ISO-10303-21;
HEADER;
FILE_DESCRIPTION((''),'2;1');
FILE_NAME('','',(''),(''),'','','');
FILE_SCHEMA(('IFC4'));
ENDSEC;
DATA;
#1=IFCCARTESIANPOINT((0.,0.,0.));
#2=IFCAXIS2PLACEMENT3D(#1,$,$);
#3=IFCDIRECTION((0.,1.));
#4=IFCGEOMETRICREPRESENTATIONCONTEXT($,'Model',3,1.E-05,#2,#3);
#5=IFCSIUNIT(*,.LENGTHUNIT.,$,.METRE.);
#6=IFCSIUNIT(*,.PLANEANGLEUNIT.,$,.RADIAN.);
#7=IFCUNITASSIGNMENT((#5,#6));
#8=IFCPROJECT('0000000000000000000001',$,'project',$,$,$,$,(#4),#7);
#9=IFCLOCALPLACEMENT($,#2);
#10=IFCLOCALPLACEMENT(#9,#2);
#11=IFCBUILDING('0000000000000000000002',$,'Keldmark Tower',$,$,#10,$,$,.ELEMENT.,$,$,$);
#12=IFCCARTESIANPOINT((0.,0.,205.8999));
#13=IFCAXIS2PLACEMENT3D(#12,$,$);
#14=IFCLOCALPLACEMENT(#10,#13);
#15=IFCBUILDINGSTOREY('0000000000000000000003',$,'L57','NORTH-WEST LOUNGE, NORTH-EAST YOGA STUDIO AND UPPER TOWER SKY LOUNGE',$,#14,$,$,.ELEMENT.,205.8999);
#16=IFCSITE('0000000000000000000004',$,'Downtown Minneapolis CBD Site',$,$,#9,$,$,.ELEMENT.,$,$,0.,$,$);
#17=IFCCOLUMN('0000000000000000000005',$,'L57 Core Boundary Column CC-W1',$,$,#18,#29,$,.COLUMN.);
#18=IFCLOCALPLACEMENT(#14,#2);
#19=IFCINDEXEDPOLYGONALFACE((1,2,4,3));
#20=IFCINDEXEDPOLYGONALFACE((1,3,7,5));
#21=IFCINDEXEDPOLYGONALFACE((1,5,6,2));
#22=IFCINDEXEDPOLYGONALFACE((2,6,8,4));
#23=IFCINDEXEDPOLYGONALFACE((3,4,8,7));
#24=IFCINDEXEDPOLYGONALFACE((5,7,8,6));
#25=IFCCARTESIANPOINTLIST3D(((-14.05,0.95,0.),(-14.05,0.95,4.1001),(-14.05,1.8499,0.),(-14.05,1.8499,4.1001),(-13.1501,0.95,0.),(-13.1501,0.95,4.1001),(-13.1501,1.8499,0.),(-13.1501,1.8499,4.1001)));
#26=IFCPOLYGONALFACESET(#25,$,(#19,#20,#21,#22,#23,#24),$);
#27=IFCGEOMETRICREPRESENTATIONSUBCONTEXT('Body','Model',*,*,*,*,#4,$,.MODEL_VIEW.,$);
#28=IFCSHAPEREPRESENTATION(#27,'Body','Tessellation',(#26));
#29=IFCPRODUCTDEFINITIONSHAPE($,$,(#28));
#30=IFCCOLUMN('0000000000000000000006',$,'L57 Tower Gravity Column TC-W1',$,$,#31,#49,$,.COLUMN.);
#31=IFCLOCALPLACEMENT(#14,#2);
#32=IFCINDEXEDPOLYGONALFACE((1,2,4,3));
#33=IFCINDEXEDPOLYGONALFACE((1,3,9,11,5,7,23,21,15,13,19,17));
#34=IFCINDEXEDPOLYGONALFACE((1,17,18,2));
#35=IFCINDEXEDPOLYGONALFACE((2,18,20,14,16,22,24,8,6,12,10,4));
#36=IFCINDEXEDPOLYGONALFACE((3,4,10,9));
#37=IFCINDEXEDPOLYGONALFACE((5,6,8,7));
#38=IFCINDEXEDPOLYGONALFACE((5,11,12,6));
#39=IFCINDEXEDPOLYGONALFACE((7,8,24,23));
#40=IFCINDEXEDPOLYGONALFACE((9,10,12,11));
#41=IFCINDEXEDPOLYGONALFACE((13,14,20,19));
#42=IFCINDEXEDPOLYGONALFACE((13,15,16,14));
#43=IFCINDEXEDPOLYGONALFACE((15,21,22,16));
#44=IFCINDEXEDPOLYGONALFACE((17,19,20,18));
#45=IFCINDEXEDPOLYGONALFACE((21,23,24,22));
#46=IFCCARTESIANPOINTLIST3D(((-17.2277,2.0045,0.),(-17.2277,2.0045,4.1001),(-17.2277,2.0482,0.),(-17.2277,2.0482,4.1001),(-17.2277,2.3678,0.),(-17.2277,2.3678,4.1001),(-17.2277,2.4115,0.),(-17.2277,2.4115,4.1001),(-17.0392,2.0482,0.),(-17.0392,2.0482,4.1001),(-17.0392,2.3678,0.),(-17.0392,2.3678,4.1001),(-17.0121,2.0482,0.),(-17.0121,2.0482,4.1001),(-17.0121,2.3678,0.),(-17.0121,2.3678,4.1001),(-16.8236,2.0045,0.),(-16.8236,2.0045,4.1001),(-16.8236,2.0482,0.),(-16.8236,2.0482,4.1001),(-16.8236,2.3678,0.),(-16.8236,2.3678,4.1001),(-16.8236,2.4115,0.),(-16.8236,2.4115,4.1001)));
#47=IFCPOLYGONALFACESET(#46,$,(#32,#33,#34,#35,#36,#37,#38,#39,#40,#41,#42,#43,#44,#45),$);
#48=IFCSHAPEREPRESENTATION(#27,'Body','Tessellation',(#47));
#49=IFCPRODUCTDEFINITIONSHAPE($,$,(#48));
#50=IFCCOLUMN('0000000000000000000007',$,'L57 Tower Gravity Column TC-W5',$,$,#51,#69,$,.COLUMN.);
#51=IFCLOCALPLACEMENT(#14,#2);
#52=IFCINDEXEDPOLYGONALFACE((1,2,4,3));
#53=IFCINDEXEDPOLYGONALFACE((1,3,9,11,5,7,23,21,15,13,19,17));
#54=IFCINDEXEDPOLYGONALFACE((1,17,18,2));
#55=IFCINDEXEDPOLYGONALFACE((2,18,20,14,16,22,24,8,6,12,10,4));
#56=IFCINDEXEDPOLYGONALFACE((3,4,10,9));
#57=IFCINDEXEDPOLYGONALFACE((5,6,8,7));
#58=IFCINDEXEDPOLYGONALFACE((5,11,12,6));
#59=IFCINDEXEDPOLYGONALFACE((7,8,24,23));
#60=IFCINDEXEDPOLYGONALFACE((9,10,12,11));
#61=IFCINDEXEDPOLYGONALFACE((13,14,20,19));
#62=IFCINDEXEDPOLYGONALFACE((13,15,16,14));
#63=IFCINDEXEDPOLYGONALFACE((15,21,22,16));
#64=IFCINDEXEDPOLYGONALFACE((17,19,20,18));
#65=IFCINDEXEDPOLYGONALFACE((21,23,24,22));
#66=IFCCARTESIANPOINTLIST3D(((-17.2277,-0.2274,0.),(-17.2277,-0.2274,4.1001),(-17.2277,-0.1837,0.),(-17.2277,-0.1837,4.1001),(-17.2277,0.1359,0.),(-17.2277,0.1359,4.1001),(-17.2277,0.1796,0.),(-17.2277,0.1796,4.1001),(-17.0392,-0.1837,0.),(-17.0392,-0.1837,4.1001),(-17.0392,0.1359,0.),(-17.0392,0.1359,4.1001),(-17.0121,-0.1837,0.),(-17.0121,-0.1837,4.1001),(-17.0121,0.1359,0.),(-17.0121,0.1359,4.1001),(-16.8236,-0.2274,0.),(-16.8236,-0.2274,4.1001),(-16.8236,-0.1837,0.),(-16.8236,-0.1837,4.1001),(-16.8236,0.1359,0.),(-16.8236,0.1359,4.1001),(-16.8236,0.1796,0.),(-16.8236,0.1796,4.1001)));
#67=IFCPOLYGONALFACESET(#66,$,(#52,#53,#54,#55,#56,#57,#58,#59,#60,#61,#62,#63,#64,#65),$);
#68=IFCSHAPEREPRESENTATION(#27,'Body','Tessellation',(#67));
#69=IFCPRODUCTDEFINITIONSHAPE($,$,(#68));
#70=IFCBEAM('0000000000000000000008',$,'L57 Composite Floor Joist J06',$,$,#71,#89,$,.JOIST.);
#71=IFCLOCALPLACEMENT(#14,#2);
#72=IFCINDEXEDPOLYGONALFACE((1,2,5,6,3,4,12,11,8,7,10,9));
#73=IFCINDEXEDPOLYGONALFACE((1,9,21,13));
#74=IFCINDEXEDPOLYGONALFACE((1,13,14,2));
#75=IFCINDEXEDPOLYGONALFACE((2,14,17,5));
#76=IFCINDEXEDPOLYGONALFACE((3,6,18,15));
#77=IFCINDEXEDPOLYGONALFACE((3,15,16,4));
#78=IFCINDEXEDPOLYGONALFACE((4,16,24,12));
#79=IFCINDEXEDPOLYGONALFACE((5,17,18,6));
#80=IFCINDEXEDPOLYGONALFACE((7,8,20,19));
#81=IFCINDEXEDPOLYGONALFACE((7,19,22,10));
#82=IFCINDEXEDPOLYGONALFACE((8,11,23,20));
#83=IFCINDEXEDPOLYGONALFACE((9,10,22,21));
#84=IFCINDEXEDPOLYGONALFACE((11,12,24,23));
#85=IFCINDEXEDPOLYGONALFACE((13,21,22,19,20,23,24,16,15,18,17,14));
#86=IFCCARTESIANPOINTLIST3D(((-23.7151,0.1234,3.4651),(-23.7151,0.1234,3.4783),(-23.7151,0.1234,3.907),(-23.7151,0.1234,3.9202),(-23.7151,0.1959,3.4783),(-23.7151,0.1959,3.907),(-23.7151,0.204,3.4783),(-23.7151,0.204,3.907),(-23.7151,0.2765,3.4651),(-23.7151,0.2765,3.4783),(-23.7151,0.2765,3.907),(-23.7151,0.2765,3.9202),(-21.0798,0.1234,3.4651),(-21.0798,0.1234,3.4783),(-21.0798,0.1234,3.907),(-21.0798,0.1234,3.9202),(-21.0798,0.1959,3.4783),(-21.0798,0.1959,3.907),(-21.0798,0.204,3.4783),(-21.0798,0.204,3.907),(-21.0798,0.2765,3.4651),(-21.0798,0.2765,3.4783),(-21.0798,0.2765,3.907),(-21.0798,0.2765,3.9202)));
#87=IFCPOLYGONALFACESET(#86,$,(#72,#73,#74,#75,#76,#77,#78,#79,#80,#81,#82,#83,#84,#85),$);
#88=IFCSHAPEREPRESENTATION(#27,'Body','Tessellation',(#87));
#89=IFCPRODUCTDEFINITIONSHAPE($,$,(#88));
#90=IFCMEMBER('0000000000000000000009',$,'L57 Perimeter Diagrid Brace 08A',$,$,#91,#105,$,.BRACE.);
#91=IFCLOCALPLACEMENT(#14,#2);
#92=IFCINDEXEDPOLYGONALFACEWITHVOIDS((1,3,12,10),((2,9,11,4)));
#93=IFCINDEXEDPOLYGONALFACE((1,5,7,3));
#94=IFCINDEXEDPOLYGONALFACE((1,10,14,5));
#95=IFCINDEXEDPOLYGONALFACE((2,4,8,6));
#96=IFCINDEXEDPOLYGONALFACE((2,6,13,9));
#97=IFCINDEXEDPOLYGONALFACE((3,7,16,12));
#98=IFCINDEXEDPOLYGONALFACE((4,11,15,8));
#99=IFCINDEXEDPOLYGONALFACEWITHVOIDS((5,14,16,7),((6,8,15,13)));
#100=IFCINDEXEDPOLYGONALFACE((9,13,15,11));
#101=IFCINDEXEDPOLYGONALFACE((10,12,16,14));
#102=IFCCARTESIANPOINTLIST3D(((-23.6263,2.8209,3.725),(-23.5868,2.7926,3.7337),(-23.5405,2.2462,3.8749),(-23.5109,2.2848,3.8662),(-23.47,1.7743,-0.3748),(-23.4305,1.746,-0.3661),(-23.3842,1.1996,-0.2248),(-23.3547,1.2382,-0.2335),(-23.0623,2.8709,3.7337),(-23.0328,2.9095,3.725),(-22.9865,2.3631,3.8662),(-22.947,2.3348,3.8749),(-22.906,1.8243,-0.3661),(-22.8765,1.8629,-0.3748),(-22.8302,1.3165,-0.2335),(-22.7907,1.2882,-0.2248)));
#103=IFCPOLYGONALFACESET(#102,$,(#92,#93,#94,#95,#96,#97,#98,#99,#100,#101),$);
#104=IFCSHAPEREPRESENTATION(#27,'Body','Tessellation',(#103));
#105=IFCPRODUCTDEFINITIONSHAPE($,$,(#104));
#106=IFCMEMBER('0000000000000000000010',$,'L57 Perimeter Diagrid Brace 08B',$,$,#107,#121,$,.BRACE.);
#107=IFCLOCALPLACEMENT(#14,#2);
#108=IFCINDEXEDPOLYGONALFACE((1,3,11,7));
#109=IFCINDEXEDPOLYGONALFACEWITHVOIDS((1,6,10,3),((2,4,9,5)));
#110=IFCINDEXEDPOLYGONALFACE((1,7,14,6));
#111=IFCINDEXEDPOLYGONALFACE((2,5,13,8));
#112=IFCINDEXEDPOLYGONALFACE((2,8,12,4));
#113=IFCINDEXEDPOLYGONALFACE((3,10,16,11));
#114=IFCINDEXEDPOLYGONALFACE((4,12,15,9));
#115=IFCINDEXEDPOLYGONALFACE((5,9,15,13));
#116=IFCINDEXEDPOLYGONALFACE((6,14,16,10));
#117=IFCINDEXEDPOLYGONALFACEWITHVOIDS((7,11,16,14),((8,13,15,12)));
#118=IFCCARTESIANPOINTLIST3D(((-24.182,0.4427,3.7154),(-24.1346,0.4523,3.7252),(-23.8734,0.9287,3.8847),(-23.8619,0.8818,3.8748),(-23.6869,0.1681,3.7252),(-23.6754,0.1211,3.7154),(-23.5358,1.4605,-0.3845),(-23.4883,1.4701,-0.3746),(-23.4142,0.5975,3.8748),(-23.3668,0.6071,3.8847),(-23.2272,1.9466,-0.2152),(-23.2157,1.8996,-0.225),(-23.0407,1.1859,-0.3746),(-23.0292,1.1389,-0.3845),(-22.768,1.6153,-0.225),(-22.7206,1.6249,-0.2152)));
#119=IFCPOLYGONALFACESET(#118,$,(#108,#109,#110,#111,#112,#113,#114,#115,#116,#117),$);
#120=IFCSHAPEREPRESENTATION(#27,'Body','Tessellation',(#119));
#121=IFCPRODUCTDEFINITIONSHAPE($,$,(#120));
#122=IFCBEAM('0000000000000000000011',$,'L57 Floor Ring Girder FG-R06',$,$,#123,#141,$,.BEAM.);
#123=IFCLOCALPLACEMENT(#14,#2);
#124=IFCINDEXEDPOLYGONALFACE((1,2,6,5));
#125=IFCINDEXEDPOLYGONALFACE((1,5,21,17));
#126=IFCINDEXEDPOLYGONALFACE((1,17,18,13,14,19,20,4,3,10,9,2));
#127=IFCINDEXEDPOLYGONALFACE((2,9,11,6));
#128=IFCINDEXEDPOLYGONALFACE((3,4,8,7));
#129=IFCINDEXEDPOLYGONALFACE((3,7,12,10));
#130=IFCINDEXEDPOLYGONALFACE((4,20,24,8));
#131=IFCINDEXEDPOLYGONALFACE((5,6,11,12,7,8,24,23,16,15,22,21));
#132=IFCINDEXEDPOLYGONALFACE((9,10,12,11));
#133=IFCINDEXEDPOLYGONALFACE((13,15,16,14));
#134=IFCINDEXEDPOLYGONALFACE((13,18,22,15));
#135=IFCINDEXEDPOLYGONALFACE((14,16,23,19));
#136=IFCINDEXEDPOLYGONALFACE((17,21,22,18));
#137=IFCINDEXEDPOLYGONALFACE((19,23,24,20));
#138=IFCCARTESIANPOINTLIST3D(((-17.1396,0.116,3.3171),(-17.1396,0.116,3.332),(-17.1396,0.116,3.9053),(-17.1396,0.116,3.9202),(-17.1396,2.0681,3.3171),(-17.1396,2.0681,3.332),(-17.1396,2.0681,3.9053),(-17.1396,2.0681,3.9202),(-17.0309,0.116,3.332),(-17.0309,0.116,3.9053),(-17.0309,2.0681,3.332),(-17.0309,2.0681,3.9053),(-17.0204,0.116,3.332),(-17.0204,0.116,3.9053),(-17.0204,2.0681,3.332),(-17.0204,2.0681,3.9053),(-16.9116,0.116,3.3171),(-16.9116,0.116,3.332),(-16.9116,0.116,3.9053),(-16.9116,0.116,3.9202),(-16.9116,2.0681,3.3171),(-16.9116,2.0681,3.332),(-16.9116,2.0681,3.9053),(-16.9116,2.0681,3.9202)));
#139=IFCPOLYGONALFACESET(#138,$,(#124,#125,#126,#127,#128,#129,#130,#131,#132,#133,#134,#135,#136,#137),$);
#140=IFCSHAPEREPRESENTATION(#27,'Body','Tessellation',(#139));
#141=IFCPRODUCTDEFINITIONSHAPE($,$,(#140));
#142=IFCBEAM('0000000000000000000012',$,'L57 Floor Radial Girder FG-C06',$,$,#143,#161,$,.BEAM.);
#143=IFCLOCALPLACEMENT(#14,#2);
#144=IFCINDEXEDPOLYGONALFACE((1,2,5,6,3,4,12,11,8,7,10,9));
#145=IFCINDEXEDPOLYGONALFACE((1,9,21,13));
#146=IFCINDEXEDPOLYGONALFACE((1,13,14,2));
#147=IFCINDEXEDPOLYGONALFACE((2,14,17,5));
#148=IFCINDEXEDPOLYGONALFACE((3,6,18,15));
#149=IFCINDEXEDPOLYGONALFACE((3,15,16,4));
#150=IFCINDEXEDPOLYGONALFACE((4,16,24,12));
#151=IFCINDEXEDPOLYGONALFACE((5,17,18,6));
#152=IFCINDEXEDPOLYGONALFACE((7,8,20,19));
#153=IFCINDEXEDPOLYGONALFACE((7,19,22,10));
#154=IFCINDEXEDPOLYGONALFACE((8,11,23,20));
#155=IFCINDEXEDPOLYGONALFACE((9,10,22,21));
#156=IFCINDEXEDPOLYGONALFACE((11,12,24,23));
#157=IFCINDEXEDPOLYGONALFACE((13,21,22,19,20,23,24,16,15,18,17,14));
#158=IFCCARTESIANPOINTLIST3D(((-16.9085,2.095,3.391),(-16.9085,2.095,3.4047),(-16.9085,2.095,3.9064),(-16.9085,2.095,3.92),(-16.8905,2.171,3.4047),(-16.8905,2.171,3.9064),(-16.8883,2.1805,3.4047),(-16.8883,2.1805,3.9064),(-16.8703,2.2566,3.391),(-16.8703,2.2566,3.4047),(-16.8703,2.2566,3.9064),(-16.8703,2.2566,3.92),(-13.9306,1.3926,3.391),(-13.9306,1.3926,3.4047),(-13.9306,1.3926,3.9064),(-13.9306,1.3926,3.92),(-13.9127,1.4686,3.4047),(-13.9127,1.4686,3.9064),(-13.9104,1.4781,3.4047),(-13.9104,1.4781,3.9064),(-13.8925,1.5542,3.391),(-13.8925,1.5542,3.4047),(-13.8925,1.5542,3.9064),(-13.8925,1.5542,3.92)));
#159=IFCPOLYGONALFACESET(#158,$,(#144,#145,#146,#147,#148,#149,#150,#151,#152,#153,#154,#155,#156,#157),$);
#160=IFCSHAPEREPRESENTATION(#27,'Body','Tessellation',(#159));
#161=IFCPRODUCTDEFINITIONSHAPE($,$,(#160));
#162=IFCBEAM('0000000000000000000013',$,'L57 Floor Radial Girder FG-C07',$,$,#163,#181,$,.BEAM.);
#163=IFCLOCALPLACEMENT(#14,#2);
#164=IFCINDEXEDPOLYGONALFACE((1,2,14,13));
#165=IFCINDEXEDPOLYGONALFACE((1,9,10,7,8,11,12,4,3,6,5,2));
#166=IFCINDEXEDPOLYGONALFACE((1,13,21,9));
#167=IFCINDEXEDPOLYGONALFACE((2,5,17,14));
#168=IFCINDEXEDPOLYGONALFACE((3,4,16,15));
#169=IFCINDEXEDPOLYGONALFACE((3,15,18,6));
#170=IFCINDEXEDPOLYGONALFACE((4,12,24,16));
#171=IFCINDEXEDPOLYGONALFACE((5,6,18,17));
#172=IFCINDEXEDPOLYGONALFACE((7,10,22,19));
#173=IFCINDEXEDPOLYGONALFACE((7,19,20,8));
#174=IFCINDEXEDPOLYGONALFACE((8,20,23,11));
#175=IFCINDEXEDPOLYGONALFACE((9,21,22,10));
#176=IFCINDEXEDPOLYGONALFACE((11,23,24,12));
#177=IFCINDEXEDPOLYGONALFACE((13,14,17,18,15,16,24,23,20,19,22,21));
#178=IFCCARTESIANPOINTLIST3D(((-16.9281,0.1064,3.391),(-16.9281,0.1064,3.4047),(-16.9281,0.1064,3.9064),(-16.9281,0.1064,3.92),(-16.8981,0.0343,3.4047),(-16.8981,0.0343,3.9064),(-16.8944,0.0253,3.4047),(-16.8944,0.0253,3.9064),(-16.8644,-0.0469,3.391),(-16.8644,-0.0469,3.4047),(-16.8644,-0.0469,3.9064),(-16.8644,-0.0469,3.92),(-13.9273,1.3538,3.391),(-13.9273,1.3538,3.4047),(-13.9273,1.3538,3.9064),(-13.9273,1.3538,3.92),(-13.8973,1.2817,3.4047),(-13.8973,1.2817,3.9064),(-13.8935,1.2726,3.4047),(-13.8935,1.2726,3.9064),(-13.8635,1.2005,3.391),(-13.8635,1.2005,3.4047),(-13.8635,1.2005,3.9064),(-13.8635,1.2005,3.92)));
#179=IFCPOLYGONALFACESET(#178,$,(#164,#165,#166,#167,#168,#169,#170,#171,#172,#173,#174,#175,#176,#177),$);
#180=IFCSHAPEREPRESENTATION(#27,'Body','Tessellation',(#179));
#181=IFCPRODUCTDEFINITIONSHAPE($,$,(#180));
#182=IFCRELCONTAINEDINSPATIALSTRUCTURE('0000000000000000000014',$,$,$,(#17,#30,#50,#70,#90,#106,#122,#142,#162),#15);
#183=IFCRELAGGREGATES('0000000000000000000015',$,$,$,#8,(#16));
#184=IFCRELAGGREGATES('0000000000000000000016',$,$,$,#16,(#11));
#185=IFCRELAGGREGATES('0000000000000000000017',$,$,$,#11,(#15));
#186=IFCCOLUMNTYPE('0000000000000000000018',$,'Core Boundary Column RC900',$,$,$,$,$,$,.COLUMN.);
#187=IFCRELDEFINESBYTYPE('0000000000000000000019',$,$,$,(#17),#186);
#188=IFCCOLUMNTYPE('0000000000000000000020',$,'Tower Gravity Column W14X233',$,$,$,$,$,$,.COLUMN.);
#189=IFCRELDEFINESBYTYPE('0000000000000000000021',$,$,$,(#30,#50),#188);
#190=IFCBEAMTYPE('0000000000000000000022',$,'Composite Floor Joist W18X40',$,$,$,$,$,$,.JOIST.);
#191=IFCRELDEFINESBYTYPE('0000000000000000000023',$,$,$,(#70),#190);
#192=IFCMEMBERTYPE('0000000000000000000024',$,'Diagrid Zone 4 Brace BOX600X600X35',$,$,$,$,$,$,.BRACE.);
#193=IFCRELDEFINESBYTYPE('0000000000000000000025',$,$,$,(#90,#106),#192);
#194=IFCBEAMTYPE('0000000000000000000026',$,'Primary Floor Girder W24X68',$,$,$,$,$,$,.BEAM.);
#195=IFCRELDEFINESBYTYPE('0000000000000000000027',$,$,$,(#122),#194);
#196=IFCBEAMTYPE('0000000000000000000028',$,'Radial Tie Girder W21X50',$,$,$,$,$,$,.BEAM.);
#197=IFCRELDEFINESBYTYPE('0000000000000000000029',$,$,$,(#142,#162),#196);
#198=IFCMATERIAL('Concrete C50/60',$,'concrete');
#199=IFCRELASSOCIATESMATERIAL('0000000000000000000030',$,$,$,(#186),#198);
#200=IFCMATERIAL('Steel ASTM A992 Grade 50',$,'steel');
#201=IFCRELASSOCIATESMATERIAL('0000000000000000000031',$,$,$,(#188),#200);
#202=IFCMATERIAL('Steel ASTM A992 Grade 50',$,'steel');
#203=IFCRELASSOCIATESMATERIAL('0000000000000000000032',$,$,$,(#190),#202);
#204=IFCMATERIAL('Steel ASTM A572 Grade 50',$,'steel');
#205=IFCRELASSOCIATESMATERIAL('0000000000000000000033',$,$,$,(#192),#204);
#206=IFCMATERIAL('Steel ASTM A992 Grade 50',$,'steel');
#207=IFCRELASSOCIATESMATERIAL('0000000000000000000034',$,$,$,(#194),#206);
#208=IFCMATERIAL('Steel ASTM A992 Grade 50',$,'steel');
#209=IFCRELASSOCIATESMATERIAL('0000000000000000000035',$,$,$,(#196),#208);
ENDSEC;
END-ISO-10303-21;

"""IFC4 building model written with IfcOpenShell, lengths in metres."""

from ifc_helpers import new_model, si_unit, direction, frame, origin, origin_2d, place, context, subcontext, project, spatial, rectangle, hollow_rectangle, i_section, extrude, material, material_profile, profile_set, type_object, element, save


model = new_model("IFC4")

# Units and contexts
model_context = context("Model", 3, precision=1e-05, world=origin(), true_north=direction((0.0, 1.0)))
body_context = subcontext(model_context, "Body", "Model", "MODEL_VIEW")
ifc_project = project(units=[si_unit("LENGTHUNIT", "METRE"), si_unit("PLANEANGLEUNIT", "RADIAN")], contexts=[model_context])

# Site, building, storey
site_placement = place(None, origin())
site = spatial("IfcSite", under=ifc_project, at=site_placement, Name="Downtown Minneapolis CBD Site", CompositionType="ELEMENT", RefElevation=0.0)
building_placement = place(site_placement, origin())
building = spatial("IfcBuilding", under=site, at=building_placement, Name="Keldmark Tower", CompositionType="ELEMENT")
storey_placement = place(building_placement, frame((0.0, 0.0, 205.8999)))
storey = spatial("IfcBuildingStorey", under=building, at=storey_placement, Name="L57", Description="NORTH-WEST LOUNGE, NORTH-EAST YOGA STUDIO AND UPPER TOWER SKY LOUNGE", CompositionType="ELEMENT", Elevation=205.8999)

# Columns
ifc_material_1 = material(Name="Concrete C50/60", Category="concrete")
ifc_material_profile_1 = material_profile(ifc_material_1, rectangle(XDim=0.8999, YDim=0.8999, at=origin_2d()), Name="RC900X900")
ifc_profile_set_1 = profile_set([ifc_material_profile_1], Name="Concrete C50/60")
column_type_1 = type_object("IfcColumnType", Name="Core Boundary Column RC900", PredefinedType="COLUMN", material=ifc_profile_set_1)
column_placement = place(storey_placement, frame((-13.6001, 1.3999, 0.0), z_axis=(0.0, 0.0, 1.0), x_axis=(1.0, 0.0, 0.0)))
element("IfcColumn", 1, at=column_placement, inside=storey, type_object=column_type_1, Name="L57 Core Boundary Column CC-W1", PredefinedType="COLUMN", context=body_context, shape_type="SweptSolid", body=[
    extrude(rectangle(XDim=0.8999, YDim=0.8999, at=origin_2d()), origin(), (0.0, 0.0, 1.0), 4.1001),
])
ifc_material_2 = material(Name="Steel ASTM A992 Grade 50", Category="steel")
ifc_material_profile_2 = material_profile(ifc_material_2, i_section(OverallWidth=0.4041, OverallDepth=0.407, WebThickness=0.0271, FlangeThickness=0.0437, at=origin_2d()), Name="W14X233")
ifc_profile_set_2 = profile_set([ifc_material_profile_2], Name="Steel ASTM A992 Grade 50")
column_type_2 = type_object("IfcColumnType", Name="Tower Gravity Column W14X233", PredefinedType="COLUMN", material=ifc_profile_set_2)
for number, where, z_axis, x_axis, name in (
    (2, (-17.0256, 2.208, 0.0), (0.0, 0.0, 1.0), (1.0, 0.0, 0.0), "L57 Tower Gravity Column TC-W1"),
    (3, (-17.0256, -0.0239, 0.0), (0.0, 0.0, 1.0), (1.0, 0.0, 0.0), "L57 Tower Gravity Column TC-W5"),
):
    element("IfcColumn", number, at=place(storey_placement, frame(where, z_axis=z_axis, x_axis=x_axis)), inside=storey, type_object=column_type_2, Name=name, PredefinedType="COLUMN", context=body_context, shape_type="SweptSolid", body=[
        extrude(i_section(OverallWidth=0.4041, OverallDepth=0.407, WebThickness=0.0271, FlangeThickness=0.0437, at=origin_2d()), origin(), (0.0, 0.0, 1.0), 4.1001),
    ])

# Beam
ifc_material_3 = material(Name="Steel ASTM A992 Grade 50", Category="steel")
ifc_material_profile_3 = material_profile(ifc_material_3, i_section(OverallWidth=0.1531, OverallDepth=0.4551, WebThickness=0.0081, FlangeThickness=0.0132, at=origin_2d()), Name="W18X40")
ifc_profile_set_3 = profile_set([ifc_material_profile_3], Name="Steel ASTM A992 Grade 50")
beam_type_1 = type_object("IfcBeamType", Name="Composite Floor Joist W18X40", PredefinedType="JOIST", material=ifc_profile_set_3)
beam_1_placement = place(storey_placement, frame((-23.7151, 0.2, 3.6926), z_axis=(1.0, 0.0, 0.0), x_axis=(0.0, 1.0, 0.0)))
element("IfcBeam", 4, at=beam_1_placement, inside=storey, type_object=beam_type_1, Name="L57 Composite Floor Joist J06", PredefinedType="JOIST", context=body_context, shape_type="SweptSolid", body=[
    extrude(i_section(OverallWidth=0.1531, OverallDepth=0.4551, WebThickness=0.0081, FlangeThickness=0.0132, at=origin_2d()), origin(), (0.0, 0.0, 1.0), 2.6353),
])

# Members
ifc_material_4 = material(Name="Steel ASTM A572 Grade 50", Category="steel")
ifc_material_profile_4 = material_profile(ifc_material_4, hollow_rectangle(XDim=0.6001, YDim=0.6001, WallThickness=0.0349, at=origin_2d()), Name="BOX600X600X35")
ifc_profile_set_4 = profile_set([ifc_material_profile_4], Name="Steel ASTM A572 Grade 50")
member_type = type_object("IfcMemberType", Name="Diagrid Zone 4 Brace BOX600X600X35", PredefinedType="BRACE", material=ifc_profile_set_4)
member_1_placement = place(storey_placement, frame((-23.1304, 1.5312, -0.2998), z_axis=(-0.036902, 0.247184, 0.968266), x_axis=(-0.989039, -0.147652, 0.0)))
element("IfcMember", 5, at=member_1_placement, inside=storey, type_object=member_type, Name="L57 Perimeter Diagrid Brace 08A", PredefinedType="BRACE", context=body_context, shape_type="SweptSolid", body=[
    extrude(hollow_rectangle(XDim=0.6001, YDim=0.6001, WallThickness=0.0349, at=origin_2d()), origin(), (0.0, 0.0, 1.0), 4.2341),
])
member_2_placement = place(storey_placement, frame((-23.1282, 1.5427, -0.2998), z_axis=(-0.151222, -0.238173, 0.959378), x_axis=(0.844211, -0.53601, 0.0)))
element("IfcMember", 6, at=member_2_placement, inside=storey, type_object=member_type, Name="L57 Perimeter Diagrid Brace 08B", PredefinedType="BRACE", context=body_context, shape_type="SweptSolid", body=[
    extrude(hollow_rectangle(XDim=0.6001, YDim=0.6001, WallThickness=0.0349, at=origin_2d()), origin(), (0.0, 0.0, 1.0), 4.2734),
])

# Beams
ifc_material_5 = material(Name="Steel ASTM A992 Grade 50", Category="steel")
ifc_material_profile_5 = material_profile(ifc_material_5, i_section(OverallWidth=0.228, OverallDepth=0.603, WebThickness=0.0105, FlangeThickness=0.0149, at=origin_2d()), Name="W24X68")
ifc_profile_set_5 = profile_set([ifc_material_profile_5], Name="Steel ASTM A992 Grade 50")
beam_type_2 = type_object("IfcBeamType", Name="Primary Floor Girder W24X68", PredefinedType="BEAM", material=ifc_profile_set_5)
beam_2_placement = place(storey_placement, frame((-17.0256, 2.0681, 3.6187), z_axis=(0.0, -1.0, 0.0), x_axis=(1.0, 0.0, 0.0)))
element("IfcBeam", 7, at=beam_2_placement, inside=storey, type_object=beam_type_2, Name="L57 Floor Ring Girder FG-R06", PredefinedType="BEAM", context=body_context, shape_type="SweptSolid", body=[
    extrude(i_section(OverallWidth=0.228, OverallDepth=0.603, WebThickness=0.0105, FlangeThickness=0.0149, at=origin_2d()), origin(), (0.0, 0.0, 1.0), 1.9521),
])
ifc_material_6 = material(Name="Steel ASTM A992 Grade 50", Category="steel")
ifc_material_profile_6 = material_profile(ifc_material_6, i_section(OverallWidth=0.166, OverallDepth=0.5291, WebThickness=0.0098, FlangeThickness=0.0137, at=origin_2d()), Name="W21X50")
ifc_profile_set_6 = profile_set([ifc_material_profile_6], Name="Steel ASTM A992 Grade 50")
beam_type_3 = type_object("IfcBeamType", Name="Radial Tie Girder W21X50", PredefinedType="BEAM", material=ifc_profile_set_6)
beam_3_placement = place(storey_placement, frame((-16.8894, 2.1758, 3.6555), z_axis=(0.97329, -0.229577, 0.0), x_axis=(0.229577, 0.97329, 0.0)))
element("IfcBeam", 8, at=beam_3_placement, inside=storey, type_object=beam_type_3, Name="L57 Floor Radial Girder FG-C06", PredefinedType="BEAM", context=body_context, shape_type="SweptSolid", body=[
    extrude(i_section(OverallWidth=0.166, OverallDepth=0.5291, WebThickness=0.0098, FlangeThickness=0.0137, at=origin_2d()), origin(), (0.0, 0.0, 1.0), 3.0596),
])
beam_4_placement = place(storey_placement, frame((-16.8962, 0.0298, 3.6555), z_axis=(0.923403, 0.383831, 0.0), x_axis=(-0.383831, 0.923403, 0.0)))
element("IfcBeam", 9, at=beam_4_placement, inside=storey, type_object=beam_type_3, Name="L57 Floor Radial Girder FG-C07", PredefinedType="BEAM", context=body_context, shape_type="SweptSolid", body=[
    extrude(i_section(OverallWidth=0.166, OverallDepth=0.5291, WebThickness=0.0098, FlangeThickness=0.0137, at=origin_2d()), origin(), (0.0, 0.0, 1.0), 3.2498),
])

save(model, "model.ifc")
